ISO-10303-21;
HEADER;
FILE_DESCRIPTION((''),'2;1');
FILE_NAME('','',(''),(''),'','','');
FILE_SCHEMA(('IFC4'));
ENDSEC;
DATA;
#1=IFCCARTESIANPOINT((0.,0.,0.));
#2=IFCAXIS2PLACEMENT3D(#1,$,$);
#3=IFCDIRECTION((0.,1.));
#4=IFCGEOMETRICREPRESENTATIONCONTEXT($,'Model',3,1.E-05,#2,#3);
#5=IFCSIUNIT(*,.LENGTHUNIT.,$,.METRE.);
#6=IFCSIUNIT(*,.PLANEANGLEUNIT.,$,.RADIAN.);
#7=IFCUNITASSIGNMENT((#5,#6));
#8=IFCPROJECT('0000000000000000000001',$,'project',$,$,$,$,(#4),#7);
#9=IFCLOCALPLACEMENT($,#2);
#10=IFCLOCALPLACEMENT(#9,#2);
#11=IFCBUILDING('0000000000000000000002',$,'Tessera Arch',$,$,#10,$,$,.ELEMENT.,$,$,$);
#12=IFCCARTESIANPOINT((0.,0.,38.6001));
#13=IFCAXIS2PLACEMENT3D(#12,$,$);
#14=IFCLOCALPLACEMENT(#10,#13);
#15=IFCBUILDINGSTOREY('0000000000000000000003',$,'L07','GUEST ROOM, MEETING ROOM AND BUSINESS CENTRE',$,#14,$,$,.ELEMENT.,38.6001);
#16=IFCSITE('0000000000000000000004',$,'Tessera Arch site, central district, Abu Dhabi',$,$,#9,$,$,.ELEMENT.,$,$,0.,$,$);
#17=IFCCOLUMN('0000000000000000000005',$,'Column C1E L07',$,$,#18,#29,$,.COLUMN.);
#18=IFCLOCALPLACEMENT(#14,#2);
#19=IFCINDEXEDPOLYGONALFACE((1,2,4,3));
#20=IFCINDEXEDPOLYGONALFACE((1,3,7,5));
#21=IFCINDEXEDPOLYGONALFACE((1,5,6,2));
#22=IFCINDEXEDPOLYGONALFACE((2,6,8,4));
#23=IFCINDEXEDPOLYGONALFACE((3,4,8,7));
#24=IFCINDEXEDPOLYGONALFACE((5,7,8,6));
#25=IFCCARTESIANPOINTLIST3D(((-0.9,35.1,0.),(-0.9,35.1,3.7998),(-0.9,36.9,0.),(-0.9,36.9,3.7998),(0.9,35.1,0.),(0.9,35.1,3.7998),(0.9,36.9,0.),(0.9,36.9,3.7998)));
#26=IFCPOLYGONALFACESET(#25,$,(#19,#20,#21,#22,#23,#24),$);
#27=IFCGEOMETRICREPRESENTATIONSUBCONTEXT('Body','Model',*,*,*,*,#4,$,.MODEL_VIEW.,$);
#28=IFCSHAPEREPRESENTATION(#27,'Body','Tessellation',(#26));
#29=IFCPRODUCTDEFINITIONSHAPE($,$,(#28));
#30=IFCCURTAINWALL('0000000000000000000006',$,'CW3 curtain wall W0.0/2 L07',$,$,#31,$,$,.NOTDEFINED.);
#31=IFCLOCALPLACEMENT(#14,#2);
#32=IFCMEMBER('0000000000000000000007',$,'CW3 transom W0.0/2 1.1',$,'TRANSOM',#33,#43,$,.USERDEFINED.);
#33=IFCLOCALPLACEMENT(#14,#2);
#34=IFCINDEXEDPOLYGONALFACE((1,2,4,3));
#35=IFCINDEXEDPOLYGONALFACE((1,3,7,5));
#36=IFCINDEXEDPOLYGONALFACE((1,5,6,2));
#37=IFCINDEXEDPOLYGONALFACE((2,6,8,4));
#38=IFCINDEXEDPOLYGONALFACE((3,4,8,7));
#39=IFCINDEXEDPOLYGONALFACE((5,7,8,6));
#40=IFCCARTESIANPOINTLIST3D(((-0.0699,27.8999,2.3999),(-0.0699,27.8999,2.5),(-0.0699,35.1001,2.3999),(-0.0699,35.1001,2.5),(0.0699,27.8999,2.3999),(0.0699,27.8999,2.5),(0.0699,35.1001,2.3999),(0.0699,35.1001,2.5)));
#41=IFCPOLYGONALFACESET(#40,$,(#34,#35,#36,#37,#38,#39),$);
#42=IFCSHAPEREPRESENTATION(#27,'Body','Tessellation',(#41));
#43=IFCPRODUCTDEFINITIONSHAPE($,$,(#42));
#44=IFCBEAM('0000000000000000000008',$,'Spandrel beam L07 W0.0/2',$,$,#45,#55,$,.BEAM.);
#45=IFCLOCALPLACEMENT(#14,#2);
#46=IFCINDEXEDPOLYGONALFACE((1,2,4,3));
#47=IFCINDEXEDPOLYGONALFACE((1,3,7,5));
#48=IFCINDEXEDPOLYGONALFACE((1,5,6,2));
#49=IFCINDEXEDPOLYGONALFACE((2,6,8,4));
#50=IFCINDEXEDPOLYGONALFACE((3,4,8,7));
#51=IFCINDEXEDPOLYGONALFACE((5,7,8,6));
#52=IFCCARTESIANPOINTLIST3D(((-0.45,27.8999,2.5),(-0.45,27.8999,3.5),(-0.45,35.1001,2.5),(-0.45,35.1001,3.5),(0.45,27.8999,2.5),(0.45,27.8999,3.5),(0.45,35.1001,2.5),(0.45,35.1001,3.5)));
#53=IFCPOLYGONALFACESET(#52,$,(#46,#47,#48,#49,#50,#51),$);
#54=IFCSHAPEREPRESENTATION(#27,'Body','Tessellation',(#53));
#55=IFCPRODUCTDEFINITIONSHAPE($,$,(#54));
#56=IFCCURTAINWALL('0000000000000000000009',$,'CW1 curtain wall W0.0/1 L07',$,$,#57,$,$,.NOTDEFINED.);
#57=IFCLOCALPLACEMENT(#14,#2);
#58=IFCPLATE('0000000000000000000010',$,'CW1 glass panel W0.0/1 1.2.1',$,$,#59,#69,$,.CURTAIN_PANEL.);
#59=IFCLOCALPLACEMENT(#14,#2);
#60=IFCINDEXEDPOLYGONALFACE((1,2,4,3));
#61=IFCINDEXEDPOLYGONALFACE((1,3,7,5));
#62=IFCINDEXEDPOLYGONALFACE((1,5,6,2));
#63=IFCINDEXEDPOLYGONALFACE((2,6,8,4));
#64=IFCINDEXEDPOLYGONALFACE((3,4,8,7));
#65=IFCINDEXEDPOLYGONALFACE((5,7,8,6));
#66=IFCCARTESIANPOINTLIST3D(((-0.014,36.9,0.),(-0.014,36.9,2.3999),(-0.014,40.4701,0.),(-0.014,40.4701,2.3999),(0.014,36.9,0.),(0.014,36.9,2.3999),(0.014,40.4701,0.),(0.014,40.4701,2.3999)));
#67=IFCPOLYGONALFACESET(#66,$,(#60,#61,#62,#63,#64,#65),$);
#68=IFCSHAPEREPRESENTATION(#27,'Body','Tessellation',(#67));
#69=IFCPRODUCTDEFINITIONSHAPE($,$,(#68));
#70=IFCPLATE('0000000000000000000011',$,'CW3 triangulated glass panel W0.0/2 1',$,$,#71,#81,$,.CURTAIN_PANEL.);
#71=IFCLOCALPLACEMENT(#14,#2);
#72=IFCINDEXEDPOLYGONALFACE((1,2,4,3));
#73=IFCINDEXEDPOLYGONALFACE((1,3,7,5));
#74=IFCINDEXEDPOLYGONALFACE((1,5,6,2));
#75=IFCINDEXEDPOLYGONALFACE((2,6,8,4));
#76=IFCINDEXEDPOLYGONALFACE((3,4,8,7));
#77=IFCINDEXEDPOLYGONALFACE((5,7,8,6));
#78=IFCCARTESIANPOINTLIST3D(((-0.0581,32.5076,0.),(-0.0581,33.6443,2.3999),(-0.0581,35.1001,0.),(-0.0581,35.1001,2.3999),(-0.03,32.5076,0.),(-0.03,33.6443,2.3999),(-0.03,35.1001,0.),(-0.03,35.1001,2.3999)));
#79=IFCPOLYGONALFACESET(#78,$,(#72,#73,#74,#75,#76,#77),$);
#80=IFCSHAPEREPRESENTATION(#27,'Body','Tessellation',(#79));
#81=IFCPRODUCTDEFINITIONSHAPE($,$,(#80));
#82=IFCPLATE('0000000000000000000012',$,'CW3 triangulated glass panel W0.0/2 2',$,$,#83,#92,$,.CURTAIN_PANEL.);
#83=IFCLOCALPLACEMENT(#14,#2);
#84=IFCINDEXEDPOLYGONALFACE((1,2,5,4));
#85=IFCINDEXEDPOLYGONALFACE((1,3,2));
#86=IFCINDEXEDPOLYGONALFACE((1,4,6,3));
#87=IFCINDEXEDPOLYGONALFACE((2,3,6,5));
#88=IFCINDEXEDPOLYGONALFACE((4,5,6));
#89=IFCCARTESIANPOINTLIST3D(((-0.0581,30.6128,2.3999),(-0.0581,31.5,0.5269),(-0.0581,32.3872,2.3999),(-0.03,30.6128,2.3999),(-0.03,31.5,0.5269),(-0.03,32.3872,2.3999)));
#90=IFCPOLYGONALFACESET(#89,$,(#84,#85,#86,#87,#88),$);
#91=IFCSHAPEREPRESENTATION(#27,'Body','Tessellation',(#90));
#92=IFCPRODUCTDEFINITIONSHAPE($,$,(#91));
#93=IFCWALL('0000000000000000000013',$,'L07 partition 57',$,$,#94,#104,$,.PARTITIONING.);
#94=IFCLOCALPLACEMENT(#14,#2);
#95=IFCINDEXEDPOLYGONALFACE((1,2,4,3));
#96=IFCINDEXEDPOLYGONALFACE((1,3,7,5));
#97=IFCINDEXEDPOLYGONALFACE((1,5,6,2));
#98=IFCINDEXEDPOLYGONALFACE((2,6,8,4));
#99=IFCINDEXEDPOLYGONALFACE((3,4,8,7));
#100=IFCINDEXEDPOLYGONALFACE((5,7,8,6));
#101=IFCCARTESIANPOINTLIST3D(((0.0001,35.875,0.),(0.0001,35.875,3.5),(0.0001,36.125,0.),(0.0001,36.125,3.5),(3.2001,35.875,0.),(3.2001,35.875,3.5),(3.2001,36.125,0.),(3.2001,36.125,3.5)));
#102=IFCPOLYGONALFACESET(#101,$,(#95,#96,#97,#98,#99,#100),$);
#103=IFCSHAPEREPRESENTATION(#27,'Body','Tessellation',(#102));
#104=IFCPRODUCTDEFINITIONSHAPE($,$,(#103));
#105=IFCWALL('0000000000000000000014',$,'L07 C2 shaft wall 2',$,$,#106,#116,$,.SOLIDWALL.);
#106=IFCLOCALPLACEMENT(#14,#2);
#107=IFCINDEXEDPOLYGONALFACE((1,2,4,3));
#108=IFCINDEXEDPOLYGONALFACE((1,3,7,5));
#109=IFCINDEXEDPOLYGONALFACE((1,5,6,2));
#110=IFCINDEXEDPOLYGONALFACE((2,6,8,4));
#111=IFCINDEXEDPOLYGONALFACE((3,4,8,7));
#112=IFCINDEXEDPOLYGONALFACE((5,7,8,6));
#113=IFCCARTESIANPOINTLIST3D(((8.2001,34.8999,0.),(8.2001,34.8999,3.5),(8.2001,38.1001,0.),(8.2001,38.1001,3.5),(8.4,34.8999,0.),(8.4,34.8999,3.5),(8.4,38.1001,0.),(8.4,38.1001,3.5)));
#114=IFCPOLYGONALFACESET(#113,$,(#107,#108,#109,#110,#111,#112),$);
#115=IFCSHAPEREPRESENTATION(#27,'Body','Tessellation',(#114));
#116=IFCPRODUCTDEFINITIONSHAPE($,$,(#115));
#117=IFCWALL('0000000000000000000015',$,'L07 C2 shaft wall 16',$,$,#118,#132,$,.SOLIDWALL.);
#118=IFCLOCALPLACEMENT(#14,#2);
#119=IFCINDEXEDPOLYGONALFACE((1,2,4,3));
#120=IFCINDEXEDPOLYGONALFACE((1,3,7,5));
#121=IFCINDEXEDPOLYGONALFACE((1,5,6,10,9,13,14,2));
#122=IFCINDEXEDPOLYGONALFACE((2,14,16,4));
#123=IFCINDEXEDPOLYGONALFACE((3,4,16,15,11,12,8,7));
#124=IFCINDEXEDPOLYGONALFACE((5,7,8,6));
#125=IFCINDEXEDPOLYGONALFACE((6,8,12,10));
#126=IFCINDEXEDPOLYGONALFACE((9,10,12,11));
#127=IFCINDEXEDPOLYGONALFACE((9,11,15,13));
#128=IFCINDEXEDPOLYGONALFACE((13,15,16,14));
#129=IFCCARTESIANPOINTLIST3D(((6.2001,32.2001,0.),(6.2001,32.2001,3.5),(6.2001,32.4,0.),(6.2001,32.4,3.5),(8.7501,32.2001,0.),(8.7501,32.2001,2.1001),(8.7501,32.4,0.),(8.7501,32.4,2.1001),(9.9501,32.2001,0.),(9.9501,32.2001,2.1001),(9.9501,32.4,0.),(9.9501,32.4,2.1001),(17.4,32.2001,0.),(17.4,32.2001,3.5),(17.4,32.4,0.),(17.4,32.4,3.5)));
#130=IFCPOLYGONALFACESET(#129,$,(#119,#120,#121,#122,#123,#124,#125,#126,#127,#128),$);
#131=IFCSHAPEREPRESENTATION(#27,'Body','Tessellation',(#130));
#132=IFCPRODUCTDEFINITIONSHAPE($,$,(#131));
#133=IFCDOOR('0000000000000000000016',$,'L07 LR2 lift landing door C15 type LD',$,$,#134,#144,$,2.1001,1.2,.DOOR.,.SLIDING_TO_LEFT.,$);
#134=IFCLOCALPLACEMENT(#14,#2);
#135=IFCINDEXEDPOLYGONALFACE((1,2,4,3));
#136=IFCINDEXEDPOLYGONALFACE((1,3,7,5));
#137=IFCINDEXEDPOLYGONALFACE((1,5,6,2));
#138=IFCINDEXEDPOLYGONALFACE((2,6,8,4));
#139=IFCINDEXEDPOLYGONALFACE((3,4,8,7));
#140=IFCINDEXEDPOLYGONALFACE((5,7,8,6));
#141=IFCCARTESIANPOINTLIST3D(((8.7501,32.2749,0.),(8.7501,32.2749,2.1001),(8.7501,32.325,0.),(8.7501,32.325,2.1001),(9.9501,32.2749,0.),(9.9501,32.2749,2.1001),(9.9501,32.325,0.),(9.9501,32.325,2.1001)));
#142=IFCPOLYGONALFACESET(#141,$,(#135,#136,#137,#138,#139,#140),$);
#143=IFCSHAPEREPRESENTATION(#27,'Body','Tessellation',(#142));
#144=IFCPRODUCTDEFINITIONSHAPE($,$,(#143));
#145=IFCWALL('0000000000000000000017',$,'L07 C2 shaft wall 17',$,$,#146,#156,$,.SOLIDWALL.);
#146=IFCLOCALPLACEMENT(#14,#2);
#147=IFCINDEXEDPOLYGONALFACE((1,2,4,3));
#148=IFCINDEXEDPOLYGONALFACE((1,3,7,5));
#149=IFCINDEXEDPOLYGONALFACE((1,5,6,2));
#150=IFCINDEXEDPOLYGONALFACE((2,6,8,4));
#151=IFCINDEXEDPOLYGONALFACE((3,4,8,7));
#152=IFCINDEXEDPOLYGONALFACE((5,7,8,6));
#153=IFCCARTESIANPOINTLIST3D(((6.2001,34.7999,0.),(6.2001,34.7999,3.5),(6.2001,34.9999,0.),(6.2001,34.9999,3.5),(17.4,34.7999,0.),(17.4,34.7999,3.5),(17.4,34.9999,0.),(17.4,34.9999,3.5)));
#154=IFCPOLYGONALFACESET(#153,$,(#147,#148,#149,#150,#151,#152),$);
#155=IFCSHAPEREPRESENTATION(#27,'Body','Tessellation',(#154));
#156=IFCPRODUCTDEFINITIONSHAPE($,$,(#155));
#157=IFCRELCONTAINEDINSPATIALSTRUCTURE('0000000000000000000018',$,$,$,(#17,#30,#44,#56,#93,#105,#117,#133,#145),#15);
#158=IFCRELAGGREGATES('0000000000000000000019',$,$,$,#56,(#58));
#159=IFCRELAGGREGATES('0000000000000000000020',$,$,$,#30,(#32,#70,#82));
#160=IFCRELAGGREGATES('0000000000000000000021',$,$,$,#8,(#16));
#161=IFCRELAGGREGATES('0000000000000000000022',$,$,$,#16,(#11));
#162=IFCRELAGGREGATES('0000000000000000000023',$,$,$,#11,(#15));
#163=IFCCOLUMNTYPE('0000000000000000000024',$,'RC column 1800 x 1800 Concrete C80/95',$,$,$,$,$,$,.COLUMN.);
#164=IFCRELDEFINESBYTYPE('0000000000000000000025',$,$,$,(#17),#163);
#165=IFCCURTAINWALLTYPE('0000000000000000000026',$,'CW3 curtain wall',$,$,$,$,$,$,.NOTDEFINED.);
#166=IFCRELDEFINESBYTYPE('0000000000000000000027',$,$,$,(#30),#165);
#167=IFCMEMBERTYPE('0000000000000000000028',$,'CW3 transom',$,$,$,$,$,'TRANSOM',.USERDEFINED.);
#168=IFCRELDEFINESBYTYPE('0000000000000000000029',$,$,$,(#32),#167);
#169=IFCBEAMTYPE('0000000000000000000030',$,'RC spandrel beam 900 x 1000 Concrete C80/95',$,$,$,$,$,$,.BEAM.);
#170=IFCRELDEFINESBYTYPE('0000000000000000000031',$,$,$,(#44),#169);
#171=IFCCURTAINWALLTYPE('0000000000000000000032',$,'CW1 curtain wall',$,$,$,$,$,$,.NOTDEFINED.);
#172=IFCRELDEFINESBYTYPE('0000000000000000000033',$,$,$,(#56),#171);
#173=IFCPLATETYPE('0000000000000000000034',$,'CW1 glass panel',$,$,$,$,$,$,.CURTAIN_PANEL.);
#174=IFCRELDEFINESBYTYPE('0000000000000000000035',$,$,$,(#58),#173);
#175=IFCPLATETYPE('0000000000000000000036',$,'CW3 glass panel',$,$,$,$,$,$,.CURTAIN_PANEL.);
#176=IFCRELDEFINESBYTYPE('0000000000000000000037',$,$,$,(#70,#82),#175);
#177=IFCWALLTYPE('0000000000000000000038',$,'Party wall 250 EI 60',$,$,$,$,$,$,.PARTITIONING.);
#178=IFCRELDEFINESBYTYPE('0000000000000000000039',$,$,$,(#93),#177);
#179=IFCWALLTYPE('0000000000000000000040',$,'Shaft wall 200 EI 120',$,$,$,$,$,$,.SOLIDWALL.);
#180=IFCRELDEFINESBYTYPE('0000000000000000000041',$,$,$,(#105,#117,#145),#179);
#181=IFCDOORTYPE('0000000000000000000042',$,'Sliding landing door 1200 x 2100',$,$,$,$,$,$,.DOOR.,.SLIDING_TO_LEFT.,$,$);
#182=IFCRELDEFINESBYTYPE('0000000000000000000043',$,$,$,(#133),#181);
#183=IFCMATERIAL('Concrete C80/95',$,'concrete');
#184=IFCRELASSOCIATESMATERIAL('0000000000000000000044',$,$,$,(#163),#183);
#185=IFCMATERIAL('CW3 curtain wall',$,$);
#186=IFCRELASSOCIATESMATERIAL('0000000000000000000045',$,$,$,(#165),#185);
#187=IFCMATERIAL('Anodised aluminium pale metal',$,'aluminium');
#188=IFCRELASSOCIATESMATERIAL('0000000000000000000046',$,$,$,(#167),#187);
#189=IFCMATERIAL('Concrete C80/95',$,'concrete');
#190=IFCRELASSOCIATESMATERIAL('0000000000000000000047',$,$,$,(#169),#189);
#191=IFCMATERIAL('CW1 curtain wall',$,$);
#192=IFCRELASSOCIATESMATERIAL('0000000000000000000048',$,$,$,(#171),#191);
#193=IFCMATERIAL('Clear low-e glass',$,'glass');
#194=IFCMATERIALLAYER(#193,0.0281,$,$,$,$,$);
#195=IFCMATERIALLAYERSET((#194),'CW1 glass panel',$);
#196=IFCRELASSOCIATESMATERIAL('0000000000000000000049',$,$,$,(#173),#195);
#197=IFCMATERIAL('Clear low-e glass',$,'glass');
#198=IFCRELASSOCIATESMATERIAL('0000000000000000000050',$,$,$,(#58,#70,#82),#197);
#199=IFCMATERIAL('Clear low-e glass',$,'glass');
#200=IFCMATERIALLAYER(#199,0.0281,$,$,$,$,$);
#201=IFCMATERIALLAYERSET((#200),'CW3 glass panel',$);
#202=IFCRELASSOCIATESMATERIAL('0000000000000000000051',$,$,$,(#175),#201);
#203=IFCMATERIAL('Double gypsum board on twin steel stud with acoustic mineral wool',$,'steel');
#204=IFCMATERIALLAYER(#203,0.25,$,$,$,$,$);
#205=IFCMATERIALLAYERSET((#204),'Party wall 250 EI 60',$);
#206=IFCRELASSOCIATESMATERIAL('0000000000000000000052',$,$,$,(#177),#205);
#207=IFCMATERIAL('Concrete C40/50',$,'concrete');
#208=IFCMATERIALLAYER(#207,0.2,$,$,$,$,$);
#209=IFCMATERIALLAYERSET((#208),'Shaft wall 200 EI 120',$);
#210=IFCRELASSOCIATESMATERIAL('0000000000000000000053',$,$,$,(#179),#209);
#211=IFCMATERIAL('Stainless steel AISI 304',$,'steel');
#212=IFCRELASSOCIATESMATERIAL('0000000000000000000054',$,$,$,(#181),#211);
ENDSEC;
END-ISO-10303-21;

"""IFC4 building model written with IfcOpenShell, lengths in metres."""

from ifc_helpers import new_model, si_unit, direction, frame, frame_2d, origin, origin_2d, place, context, subcontext, project, spatial, polyline, rectangle, outline, extrude, material, layer, layer_set, material_profile, profile_set, type_object, element, fill, aggregate, save


model = new_model("IFC4")

# Units and contexts
model_context = context("Model", 3, precision=1e-05, world=origin(), true_north=direction((0.0, 1.0)))
body_context = subcontext(model_context, "Body", "Model", "MODEL_VIEW")
ifc_project = project(units=[si_unit("LENGTHUNIT", "METRE"), si_unit("PLANEANGLEUNIT", "RADIAN")], contexts=[model_context])

# Site, building, storey
site_placement = place(None, origin())
site = spatial("IfcSite", under=ifc_project, at=site_placement, Name="Tessera Arch site, central district, Abu Dhabi", CompositionType="ELEMENT", RefElevation=0.0)
building_placement = place(site_placement, origin())
building = spatial("IfcBuilding", under=site, at=building_placement, Name="Tessera Arch", CompositionType="ELEMENT")
storey_placement = place(building_placement, frame((0.0, 0.0, 38.6001)))
storey = spatial("IfcBuildingStorey", under=building, at=storey_placement, Name="L07", Description="GUEST ROOM, MEETING ROOM AND BUSINESS CENTRE", CompositionType="ELEMENT", Elevation=38.6001)

# Column
ifc_material_1 = material(Name="Concrete C80/95", Category="concrete")
ifc_material_profile_1 = material_profile(ifc_material_1, rectangle(XDim=1.8, YDim=1.8, at=origin_2d()), Name="RC column 1800 x 1800 Concrete C80/95")
ifc_profile_set_1 = profile_set([ifc_material_profile_1], Name="Concrete C80/95")
column_type = type_object("IfcColumnType", Name="RC column 1800 x 1800 Concrete C80/95", PredefinedType="COLUMN", material=ifc_profile_set_1)
column_placement = place(storey_placement, frame((0.0, 36.0, 0.0), z_axis=(0.0, 0.0, 1.0), x_axis=(1.0, 0.0, 0.0)))
element("IfcColumn", 1, at=column_placement, inside=storey, type_object=column_type, Name="Column C1E L07", PredefinedType="COLUMN", context=body_context, shape_type="SweptSolid", body=[
    extrude(rectangle(XDim=1.8, YDim=1.8, at=origin_2d()), origin(), (0.0, 0.0, 1.0), 3.7998),
])

# Curtain wall, member
ifc_material_2 = material(Name="CW3 curtain wall")
curtain_wall_type_1 = type_object("IfcCurtainWallType", Name="CW3 curtain wall", PredefinedType="NOTDEFINED", material=ifc_material_2)
curtain_wall_1_placement = place(storey_placement, origin())
curtain_wall_1 = element("IfcCurtainWall", 2, at=curtain_wall_1_placement, inside=storey, type_object=curtain_wall_type_1, Name="CW3 curtain wall W0.0/2 L07", PredefinedType="NOTDEFINED")
ifc_material_3 = material(Name="Anodised aluminium pale metal", Category="aluminium")
ifc_material_profile_2 = material_profile(ifc_material_3, rectangle(XDim=0.1399, YDim=0.1001, at=origin_2d()), Name="AL 140x100")
ifc_profile_set_2 = profile_set([ifc_material_profile_2], Name="Anodised aluminium pale metal")
member_type = type_object("IfcMemberType", Name="CW3 transom", ElementType="TRANSOM", PredefinedType="USERDEFINED", material=ifc_profile_set_2)
member_placement = place(storey_placement, frame((0.0, 35.1001, 2.45), z_axis=(0.0, -1.0, 0.0), x_axis=(1.0, 0.0, 0.0)))
member = element("IfcMember", 3, at=member_placement, type_object=member_type, Name="CW3 transom W0.0/2 1.1", ObjectType="TRANSOM", PredefinedType="USERDEFINED", context=body_context, shape_type="SweptSolid", body=[
    extrude(rectangle(XDim=0.1399, YDim=0.1001, at=origin_2d()), origin(), (0.0, 0.0, 1.0), 7.2002),
])

# Beam
ifc_material_4 = material(Name="Concrete C80/95", Category="concrete")
ifc_material_profile_3 = material_profile(ifc_material_4, rectangle(XDim=0.8999, YDim=1.0, at=origin_2d()), Name="RC spandrel beam 900 x 1000 Concrete C80/95")
ifc_profile_set_3 = profile_set([ifc_material_profile_3], Name="Concrete C80/95")
beam_type = type_object("IfcBeamType", Name="RC spandrel beam 900 x 1000 Concrete C80/95", PredefinedType="BEAM", material=ifc_profile_set_3)
beam_placement = place(storey_placement, frame((0.0, 35.1001, 3.0), z_axis=(0.0, -1.0, 0.0), x_axis=(1.0, 0.0, 0.0)))
element("IfcBeam", 4, at=beam_placement, inside=storey, type_object=beam_type, Name="Spandrel beam L07 W0.0/2", PredefinedType="BEAM", context=body_context, shape_type="SweptSolid", body=[
    extrude(rectangle(XDim=0.8999, YDim=1.0, at=origin_2d()), origin(), (0.0, 0.0, 1.0), 7.2002),
])

# Curtain wall, plate
ifc_material_5 = material(Name="CW1 curtain wall")
curtain_wall_type_2 = type_object("IfcCurtainWallType", Name="CW1 curtain wall", PredefinedType="NOTDEFINED", material=ifc_material_5)
curtain_wall_2_placement = place(storey_placement, origin())
curtain_wall_2 = element("IfcCurtainWall", 5, at=curtain_wall_2_placement, inside=storey, type_object=curtain_wall_type_2, Name="CW1 curtain wall W0.0/1 L07", PredefinedType="NOTDEFINED")
ifc_material_6 = material(Name="Clear low-e glass", Category="glass")
ifc_material_7 = material(Name="Clear low-e glass", Category="glass")
ifc_layer_1 = layer(ifc_material_7, 0.0281)
ifc_layer_set_1 = layer_set([ifc_layer_1], Name="CW1 glass panel")
plate_type_1 = type_object("IfcPlateType", Name="CW1 glass panel", PredefinedType="CURTAIN_PANEL", material=ifc_layer_set_1)
plate_1_placement = place(storey_placement, frame((0.0, 38.6851, 0.0), z_axis=(0.0, 0.0, 1.0), x_axis=(0.0, -1.0, 0.0)))
plate_1 = element("IfcPlate", 6, at=plate_1_placement, type_object=plate_type_1, material=ifc_material_6, Name="CW1 glass panel W0.0/1 1.2.1", PredefinedType="CURTAIN_PANEL", context=body_context, shape_type="SweptSolid", body=[
    extrude(rectangle(XDim=3.5701, YDim=0.0281, at=origin_2d()), origin(), (0.0, 0.0, 1.0), 2.3999),
])
aggregate(curtain_wall_2, [plate_1])

# Plates
ifc_material_8 = material(Name="Clear low-e glass", Category="glass")
ifc_layer_2 = layer(ifc_material_8, 0.0281)
ifc_layer_set_2 = layer_set([ifc_layer_2], Name="CW3 glass panel")
plate_type_2 = type_object("IfcPlateType", Name="CW3 glass panel", PredefinedType="CURTAIN_PANEL", material=ifc_layer_set_2)
plate_2_placement = place(storey_placement, frame((-0.0581, 35.1001, 0.0), z_axis=(-1.0, 0.0, 0.0), x_axis=(0.0, -1.0, 0.0)))
plate_2 = element("IfcPlate", 7, at=plate_2_placement, type_object=plate_type_2, material=ifc_material_6, Name="CW3 triangulated glass panel W0.0/2 1", PredefinedType="CURTAIN_PANEL", context=body_context, shape_type="SweptSolid", body=[
    extrude(outline(polyline([(0.0, 0.0), (2.5925, 0.0), (1.4558, 2.3999), (0.0, 2.3999), (0.0, 0.0)])), origin(), (0.0, 0.0, -1.0), 0.0281),
])
plate_3_placement = place(storey_placement, frame((-0.0581, 30.6128, 2.3999), z_axis=(-1.0, 0.0, 0.0), x_axis=(0.0, 1.0, 0.0)))
plate_3 = element("IfcPlate", 8, at=plate_3_placement, type_object=plate_type_2, material=ifc_material_6, Name="CW3 triangulated glass panel W0.0/2 2", PredefinedType="CURTAIN_PANEL", context=body_context, shape_type="SweptSolid", body=[
    extrude(outline(polyline([(0.0, 0.0), (1.7744, 0.0), (0.8872, 1.873), (0.0, 0.0)])), origin(), (0.0, 0.0, -1.0), 0.0281),
])
aggregate(curtain_wall_1, [member, plate_2, plate_3])

# Walls
ifc_material_9 = material(Name="Double gypsum board on twin steel stud with acoustic mineral wool", Category="steel")
ifc_layer_3 = layer(ifc_material_9, 0.25)
ifc_layer_set_3 = layer_set([ifc_layer_3], Name="Party wall 250 EI 60")
wall_type_1 = type_object("IfcWallType", Name="Party wall 250 EI 60", PredefinedType="PARTITIONING", material=ifc_layer_set_3)
wall_1_placement = place(storey_placement, frame((0.0, 36.0, 0.0), z_axis=(0.0, 0.0, 1.0), x_axis=(1.0, 0.0, 0.0)))
element("IfcWall", 9, at=wall_1_placement, inside=storey, type_object=wall_type_1, Name="L07 partition 57", PredefinedType="PARTITIONING", context=body_context, shape_type="SweptSolid", body=[
    extrude(rectangle(XDim=3.2, YDim=0.25, at=frame_2d((1.6001, 0.0))), origin(), (0.0, 0.0, 1.0), 3.5),
])
ifc_material_10 = material(Name="Concrete C40/50", Category="concrete")
ifc_layer_4 = layer(ifc_material_10, 0.2)
ifc_layer_set_4 = layer_set([ifc_layer_4], Name="Shaft wall 200 EI 120")
wall_type_2 = type_object("IfcWallType", Name="Shaft wall 200 EI 120", PredefinedType="SOLIDWALL", material=ifc_layer_set_4)
wall_2_placement = place(storey_placement, frame((8.3, 34.8999, 0.0), z_axis=(0.0, 0.0, 1.0), x_axis=(0.0, 1.0, 0.0)))
element("IfcWall", 10, at=wall_2_placement, inside=storey, type_object=wall_type_2, Name="L07 C2 shaft wall 2", PredefinedType="SOLIDWALL", context=body_context, shape_type="SweptSolid", body=[
    extrude(rectangle(XDim=3.2002, YDim=0.2, at=frame_2d((1.6001, 0.0))), origin(), (0.0, 0.0, 1.0), 3.5),
])

# Wall, opening, door
wall_3_placement = place(storey_placement, frame((6.2, 32.3, 0.0), z_axis=(0.0, 0.0, 1.0), x_axis=(1.0, 0.0, 0.0)))
wall_3 = element("IfcWall", 11, at=wall_3_placement, inside=storey, type_object=wall_type_2, Name="L07 C2 shaft wall 16", PredefinedType="SOLIDWALL", context=body_context, shape_type="SweptSolid", body=[
    extrude(rectangle(XDim=11.2, YDim=0.2, at=frame_2d((5.6001, 0.0))), origin(), (0.0, 0.0, 1.0), 3.5),
])
opening_1_placement = place(wall_3_placement, frame((2.55, 0.0, 0.0)))
opening_1 = element("IfcOpeningElement", 12, at=opening_1_placement, cuts=wall_3, PredefinedType="OPENING", context=body_context, shape_type="SweptSolid", body=[
    extrude(rectangle(XDim=1.2, YDim=2.1001, at=frame_2d((0.6001, 1.05))), frame((0.0, 0.1099, 0.0), z_axis=(0.0, -1.0, 0.0), x_axis=(1.0, 0.0, 0.0)), (0.0, 0.0, 1.0), 0.22),
])
ifc_material_11 = material(Name="Stainless steel AISI 304", Category="steel")
door_type = type_object("IfcDoorType", Name="Sliding landing door 1200 x 2100", OperationType="SLIDING_TO_LEFT", PredefinedType="DOOR", material=ifc_material_11)
door_1_placement = place(opening_1_placement, origin())
door_1 = element("IfcDoor", 13, at=door_1_placement, inside=storey, type_object=door_type, Name="L07 LR2 lift landing door C15 type LD", OperationType="SLIDING_TO_LEFT", OverallHeight=2.1001, OverallWidth=1.2, PredefinedType="DOOR", context=body_context, shape_type="SweptSolid", body=[
    extrude(rectangle(XDim=1.2, YDim=2.1001, at=frame_2d((0.6001, 1.05))), frame((0.0, 0.0249, 0.0), z_axis=(0.0, -1.0, 0.0), x_axis=(1.0, 0.0, 0.0)), (0.0, 0.0, 1.0), 0.05),
])
fill(opening_1, door_1)

# Wall
wall_4_placement = place(storey_placement, frame((6.2, 34.8999, 0.0), z_axis=(0.0, 0.0, 1.0), x_axis=(1.0, 0.0, 0.0)))
element("IfcWall", 14, at=wall_4_placement, inside=storey, type_object=wall_type_2, Name="L07 C2 shaft wall 17", PredefinedType="SOLIDWALL", context=body_context, shape_type="SweptSolid", body=[
    extrude(rectangle(XDim=11.2, YDim=0.2, at=frame_2d((5.6001, 0.0))), origin(), (0.0, 0.0, 1.0), 3.5),
])

save(model, "model.ifc")
